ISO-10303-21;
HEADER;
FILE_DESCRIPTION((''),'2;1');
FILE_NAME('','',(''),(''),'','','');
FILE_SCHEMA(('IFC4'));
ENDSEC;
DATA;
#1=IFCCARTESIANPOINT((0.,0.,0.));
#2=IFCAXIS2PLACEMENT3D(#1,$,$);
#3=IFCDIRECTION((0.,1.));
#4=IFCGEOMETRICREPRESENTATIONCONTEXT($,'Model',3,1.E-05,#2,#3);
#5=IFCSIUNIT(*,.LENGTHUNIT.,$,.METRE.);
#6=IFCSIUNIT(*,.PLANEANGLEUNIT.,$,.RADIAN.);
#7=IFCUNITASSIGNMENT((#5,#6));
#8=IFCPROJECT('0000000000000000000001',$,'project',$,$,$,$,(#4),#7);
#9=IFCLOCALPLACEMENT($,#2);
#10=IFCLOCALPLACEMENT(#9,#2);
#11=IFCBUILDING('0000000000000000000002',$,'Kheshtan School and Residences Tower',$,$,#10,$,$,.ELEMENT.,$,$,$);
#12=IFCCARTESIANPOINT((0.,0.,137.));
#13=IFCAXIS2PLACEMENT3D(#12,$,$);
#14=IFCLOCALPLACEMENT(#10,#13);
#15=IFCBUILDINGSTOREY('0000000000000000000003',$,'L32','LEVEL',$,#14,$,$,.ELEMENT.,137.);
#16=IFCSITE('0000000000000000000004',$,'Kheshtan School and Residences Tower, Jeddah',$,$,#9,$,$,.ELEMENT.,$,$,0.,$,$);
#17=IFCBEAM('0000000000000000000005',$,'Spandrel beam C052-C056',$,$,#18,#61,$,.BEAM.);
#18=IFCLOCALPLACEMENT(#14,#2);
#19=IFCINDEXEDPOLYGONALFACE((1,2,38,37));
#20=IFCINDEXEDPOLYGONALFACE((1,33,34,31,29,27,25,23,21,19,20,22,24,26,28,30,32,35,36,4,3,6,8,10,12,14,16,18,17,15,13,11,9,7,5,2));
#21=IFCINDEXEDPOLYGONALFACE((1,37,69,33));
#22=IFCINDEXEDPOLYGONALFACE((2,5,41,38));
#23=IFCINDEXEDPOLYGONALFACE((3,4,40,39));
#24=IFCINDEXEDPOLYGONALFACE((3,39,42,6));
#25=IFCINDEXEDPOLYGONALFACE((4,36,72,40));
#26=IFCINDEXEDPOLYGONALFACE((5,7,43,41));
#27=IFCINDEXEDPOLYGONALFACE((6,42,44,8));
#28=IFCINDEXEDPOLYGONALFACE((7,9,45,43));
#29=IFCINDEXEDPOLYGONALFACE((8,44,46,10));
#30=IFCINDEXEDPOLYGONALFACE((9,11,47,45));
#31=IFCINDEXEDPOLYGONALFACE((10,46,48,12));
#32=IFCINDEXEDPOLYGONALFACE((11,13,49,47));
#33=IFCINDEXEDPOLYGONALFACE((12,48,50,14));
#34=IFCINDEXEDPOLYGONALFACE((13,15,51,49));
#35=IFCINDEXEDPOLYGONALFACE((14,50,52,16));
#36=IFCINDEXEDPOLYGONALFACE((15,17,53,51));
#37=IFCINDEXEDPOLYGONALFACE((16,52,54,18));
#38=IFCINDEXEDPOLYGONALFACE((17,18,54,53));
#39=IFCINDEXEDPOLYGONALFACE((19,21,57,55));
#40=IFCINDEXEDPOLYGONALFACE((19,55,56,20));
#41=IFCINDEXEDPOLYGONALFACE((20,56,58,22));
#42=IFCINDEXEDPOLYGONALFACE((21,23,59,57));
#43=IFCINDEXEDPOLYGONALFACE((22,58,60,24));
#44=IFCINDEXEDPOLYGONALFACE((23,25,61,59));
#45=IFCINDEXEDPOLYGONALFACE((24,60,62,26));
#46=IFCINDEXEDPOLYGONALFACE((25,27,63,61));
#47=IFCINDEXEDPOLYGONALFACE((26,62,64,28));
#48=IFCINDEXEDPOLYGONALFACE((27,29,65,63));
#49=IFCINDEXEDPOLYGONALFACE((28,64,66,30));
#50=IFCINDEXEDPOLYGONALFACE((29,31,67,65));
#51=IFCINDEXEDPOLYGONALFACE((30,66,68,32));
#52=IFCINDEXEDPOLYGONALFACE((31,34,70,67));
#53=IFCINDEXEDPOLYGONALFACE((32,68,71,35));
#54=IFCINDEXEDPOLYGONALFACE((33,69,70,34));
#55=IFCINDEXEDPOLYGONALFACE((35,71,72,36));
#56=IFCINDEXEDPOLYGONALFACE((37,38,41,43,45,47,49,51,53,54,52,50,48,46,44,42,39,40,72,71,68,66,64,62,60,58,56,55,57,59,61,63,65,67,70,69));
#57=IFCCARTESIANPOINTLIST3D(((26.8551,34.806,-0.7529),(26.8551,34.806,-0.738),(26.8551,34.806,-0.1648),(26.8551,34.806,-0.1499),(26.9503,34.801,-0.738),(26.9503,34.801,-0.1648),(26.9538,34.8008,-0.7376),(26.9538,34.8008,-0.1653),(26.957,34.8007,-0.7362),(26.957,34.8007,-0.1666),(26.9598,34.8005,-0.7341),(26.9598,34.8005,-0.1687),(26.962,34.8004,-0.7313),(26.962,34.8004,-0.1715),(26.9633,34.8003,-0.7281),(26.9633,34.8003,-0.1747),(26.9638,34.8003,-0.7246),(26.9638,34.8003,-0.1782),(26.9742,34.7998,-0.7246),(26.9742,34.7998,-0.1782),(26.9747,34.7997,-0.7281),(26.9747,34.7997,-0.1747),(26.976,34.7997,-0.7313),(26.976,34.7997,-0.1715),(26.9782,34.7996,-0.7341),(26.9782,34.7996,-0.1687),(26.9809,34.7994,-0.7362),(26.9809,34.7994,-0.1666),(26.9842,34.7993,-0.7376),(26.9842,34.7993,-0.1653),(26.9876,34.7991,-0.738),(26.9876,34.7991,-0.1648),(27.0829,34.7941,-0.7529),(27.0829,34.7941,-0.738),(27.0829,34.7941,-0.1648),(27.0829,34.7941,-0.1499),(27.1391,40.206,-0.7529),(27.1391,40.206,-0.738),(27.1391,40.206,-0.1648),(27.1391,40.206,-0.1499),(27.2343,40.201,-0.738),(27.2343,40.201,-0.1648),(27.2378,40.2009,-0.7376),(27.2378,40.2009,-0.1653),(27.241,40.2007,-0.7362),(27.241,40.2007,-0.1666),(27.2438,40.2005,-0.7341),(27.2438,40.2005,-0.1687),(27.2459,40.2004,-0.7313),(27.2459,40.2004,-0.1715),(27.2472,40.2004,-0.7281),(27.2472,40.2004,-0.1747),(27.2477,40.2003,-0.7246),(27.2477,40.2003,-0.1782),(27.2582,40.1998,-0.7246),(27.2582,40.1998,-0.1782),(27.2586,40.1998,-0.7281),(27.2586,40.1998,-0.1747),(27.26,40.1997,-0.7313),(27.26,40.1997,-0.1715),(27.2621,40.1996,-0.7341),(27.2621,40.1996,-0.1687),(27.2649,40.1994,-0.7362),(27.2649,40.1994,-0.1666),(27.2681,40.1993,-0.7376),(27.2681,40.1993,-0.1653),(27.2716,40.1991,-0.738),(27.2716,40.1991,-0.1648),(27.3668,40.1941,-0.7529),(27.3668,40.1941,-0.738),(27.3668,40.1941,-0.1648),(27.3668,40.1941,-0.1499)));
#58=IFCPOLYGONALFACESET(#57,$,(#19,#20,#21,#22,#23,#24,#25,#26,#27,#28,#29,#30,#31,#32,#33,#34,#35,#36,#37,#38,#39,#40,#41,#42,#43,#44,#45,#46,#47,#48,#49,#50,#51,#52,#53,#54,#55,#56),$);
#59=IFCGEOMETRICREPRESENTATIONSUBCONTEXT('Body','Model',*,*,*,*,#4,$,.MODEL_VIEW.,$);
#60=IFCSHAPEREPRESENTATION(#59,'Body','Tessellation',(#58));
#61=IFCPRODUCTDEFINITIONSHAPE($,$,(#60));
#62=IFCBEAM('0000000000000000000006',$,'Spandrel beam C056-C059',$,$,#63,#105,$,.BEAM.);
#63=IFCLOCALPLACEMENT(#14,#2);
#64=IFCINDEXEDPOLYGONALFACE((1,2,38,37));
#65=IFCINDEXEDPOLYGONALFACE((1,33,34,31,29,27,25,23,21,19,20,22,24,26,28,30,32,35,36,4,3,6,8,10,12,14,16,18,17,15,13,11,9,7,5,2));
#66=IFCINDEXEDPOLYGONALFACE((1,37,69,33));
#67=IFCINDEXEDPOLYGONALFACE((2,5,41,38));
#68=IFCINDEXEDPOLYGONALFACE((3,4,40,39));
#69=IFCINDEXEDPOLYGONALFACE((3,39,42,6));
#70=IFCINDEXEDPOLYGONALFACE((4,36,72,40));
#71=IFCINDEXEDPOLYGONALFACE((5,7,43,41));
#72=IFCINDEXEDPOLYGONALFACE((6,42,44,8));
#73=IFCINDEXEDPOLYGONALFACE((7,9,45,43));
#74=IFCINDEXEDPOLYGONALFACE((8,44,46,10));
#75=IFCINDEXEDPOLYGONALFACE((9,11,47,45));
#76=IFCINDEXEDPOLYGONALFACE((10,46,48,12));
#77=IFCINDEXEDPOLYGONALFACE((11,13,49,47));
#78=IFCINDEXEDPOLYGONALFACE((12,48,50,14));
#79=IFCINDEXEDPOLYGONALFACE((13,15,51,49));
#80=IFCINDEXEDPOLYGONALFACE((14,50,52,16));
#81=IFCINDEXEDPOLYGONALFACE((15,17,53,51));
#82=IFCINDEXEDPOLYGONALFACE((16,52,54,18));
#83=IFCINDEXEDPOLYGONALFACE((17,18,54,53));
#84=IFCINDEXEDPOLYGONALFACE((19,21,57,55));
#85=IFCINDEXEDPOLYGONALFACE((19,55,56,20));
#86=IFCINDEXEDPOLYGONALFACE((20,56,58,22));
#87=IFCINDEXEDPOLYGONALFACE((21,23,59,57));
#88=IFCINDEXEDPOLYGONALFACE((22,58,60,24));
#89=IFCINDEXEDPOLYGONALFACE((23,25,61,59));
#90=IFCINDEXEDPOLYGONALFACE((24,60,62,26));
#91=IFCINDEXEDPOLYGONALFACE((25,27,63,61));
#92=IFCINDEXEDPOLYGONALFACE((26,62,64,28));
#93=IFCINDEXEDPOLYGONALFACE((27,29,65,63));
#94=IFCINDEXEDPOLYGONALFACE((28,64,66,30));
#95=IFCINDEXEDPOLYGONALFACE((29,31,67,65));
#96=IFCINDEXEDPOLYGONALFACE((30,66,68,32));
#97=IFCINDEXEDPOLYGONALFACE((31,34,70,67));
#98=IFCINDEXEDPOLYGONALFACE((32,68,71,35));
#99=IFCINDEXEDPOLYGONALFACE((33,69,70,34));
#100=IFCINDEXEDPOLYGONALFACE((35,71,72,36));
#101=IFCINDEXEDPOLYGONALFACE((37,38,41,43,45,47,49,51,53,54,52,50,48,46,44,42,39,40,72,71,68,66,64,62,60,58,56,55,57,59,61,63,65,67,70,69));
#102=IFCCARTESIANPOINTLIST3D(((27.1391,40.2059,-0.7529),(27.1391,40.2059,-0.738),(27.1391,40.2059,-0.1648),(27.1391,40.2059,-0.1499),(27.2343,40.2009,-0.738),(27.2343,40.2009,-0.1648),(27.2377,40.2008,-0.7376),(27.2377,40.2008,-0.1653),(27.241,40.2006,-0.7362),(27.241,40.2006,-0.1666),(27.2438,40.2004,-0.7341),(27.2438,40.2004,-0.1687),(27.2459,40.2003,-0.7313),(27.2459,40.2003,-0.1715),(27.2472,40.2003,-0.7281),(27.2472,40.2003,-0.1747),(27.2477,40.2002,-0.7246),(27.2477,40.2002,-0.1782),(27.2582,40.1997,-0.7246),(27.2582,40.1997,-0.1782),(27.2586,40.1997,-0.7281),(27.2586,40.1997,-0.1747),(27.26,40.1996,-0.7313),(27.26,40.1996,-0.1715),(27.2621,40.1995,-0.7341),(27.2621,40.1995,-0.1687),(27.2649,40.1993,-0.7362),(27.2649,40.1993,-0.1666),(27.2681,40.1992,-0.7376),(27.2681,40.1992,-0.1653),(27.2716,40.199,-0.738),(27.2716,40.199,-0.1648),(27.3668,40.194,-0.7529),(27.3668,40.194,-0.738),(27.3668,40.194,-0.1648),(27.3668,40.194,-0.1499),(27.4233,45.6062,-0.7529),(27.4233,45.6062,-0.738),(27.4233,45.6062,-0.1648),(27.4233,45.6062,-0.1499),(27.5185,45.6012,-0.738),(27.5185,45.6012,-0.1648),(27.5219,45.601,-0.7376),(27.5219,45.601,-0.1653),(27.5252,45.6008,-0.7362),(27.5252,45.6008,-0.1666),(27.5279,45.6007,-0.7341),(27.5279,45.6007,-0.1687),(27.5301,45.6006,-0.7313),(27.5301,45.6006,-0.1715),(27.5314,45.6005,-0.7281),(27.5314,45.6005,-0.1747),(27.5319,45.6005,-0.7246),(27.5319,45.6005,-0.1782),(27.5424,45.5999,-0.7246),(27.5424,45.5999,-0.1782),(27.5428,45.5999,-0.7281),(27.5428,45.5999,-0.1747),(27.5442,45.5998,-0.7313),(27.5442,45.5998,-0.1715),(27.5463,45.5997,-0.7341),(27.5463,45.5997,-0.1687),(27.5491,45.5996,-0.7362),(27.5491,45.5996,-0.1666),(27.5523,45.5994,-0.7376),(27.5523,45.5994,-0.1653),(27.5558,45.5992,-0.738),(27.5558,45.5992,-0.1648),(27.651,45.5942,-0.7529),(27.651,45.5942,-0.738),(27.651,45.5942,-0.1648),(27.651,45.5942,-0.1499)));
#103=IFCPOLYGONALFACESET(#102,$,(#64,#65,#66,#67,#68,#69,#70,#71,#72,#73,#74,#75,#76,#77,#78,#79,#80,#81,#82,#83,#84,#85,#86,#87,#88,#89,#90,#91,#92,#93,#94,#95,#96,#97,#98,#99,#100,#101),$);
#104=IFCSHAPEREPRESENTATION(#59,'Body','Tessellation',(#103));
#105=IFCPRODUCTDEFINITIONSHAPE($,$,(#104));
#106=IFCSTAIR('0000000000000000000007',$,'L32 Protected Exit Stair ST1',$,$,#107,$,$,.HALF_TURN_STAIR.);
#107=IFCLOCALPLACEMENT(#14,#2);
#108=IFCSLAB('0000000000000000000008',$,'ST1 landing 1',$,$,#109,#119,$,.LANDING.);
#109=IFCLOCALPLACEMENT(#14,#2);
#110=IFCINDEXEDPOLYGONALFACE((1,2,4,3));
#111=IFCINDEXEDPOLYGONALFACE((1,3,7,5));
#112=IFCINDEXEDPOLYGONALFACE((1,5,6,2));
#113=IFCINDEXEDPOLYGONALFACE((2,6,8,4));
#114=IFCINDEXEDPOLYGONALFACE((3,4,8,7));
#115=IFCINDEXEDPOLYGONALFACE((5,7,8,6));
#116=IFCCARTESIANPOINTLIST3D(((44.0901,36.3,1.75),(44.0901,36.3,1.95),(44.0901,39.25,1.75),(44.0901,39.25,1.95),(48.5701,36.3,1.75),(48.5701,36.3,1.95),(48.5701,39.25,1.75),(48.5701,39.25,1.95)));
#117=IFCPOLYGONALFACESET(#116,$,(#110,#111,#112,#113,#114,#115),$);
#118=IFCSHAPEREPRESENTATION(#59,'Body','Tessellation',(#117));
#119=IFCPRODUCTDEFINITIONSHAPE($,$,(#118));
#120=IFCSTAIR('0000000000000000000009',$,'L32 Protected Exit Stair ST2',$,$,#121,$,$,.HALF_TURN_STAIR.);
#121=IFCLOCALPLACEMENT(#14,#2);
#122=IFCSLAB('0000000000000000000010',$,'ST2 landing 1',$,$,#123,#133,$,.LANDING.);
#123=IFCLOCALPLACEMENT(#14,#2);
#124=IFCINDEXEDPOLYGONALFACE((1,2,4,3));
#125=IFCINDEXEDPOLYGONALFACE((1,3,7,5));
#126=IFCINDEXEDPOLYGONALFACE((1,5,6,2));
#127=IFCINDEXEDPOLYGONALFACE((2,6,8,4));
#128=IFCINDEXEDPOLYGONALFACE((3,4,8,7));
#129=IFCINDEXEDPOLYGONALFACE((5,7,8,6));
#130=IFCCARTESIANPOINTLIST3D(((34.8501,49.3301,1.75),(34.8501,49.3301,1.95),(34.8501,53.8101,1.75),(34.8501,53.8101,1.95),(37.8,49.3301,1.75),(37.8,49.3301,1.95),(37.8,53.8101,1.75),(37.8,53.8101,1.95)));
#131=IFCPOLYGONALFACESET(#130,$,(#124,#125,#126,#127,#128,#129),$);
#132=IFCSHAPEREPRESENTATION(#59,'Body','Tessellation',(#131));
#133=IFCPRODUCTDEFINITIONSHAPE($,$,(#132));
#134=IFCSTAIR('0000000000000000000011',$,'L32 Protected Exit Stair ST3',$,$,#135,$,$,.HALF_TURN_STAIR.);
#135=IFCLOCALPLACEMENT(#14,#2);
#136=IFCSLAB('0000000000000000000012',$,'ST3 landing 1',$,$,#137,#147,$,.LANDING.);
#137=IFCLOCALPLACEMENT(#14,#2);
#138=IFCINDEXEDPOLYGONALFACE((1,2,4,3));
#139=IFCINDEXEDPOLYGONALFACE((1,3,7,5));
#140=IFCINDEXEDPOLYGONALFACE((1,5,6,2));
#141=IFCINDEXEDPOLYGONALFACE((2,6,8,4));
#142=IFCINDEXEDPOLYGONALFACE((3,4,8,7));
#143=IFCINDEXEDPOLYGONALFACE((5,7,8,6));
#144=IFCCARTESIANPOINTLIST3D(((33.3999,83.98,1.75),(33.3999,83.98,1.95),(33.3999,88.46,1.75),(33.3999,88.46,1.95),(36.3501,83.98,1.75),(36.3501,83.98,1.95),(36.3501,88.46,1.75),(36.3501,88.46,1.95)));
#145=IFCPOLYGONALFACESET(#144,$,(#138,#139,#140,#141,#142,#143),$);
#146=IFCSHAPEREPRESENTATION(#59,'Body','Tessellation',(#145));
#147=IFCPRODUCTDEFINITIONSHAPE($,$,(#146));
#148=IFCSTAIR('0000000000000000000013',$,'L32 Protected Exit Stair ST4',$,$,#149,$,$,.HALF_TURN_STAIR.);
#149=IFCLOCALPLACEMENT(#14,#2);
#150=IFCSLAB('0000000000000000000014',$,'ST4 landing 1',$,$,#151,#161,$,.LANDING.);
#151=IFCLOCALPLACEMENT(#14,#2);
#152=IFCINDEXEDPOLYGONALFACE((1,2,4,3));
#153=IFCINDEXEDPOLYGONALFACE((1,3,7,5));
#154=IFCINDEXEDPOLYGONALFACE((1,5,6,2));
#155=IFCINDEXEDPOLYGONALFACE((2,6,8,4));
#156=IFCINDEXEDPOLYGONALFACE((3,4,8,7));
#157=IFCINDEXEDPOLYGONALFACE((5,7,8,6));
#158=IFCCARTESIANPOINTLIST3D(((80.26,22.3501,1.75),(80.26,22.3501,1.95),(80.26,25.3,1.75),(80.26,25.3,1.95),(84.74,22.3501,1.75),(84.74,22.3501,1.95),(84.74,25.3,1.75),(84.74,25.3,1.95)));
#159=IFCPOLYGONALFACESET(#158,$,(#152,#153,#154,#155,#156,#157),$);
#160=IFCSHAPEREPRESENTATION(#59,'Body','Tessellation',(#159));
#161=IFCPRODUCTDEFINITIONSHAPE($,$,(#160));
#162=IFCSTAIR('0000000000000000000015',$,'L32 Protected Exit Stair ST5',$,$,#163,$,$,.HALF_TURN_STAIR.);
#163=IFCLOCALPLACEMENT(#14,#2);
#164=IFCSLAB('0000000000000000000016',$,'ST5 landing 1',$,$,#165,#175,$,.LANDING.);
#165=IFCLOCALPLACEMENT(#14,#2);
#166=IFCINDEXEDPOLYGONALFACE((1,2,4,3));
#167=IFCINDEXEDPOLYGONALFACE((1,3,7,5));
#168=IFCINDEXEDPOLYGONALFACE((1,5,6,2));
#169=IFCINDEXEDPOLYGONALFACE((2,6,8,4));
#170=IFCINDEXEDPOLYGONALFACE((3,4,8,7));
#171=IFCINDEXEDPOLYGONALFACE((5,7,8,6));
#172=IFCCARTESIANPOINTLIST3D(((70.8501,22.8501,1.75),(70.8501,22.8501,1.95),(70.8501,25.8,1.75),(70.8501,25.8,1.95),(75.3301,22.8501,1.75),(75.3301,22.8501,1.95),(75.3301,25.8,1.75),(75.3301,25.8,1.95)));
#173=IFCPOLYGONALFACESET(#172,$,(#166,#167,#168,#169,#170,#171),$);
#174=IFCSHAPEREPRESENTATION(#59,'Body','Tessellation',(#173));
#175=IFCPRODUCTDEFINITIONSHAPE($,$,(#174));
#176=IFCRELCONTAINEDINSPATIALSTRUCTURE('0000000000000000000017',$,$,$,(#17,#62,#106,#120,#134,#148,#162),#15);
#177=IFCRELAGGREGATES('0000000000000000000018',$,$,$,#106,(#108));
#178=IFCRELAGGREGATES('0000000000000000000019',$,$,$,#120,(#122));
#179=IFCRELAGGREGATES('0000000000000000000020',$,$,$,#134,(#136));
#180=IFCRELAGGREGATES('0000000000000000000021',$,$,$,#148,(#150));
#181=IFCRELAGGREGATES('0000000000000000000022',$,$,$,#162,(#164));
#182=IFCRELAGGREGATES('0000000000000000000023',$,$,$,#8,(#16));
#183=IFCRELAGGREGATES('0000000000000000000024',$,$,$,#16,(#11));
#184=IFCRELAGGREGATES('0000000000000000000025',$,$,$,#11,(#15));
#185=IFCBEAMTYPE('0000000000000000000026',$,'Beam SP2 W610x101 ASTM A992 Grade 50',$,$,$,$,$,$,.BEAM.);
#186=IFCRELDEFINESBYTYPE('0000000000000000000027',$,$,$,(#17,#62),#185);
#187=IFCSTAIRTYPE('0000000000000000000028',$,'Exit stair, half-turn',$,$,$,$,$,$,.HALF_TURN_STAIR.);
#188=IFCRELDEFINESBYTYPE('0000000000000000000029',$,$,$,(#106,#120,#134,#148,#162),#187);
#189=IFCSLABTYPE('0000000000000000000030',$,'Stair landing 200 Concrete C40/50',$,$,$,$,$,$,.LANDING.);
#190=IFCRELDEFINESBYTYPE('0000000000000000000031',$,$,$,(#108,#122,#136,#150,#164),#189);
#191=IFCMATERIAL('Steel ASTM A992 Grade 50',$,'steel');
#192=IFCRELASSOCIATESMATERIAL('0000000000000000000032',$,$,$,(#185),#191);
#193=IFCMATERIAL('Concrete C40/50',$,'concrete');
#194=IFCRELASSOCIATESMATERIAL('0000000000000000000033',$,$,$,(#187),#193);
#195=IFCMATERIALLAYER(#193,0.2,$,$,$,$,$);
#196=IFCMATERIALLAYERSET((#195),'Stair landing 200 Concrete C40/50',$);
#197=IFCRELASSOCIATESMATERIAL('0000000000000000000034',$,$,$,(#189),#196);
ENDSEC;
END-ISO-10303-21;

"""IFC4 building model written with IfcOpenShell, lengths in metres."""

from ifc_helpers import new_model, si_unit, direction, frame, origin, origin_2d, place, context, subcontext, project, spatial, polyline, i_section, outline, extrude, material, layer, layer_set, material_profile, profile_set, type_object, element, aggregate, save


model = new_model("IFC4")

# Units and contexts
model_context = context("Model", 3, precision=1e-05, world=origin(), true_north=direction((0.0, 1.0)))
body_context = subcontext(model_context, "Body", "Model", "MODEL_VIEW")
ifc_project = project(units=[si_unit("LENGTHUNIT", "METRE"), si_unit("PLANEANGLEUNIT", "RADIAN")], contexts=[model_context])

# Site, building, storey
site_placement = place(None, origin())
site = spatial("IfcSite", under=ifc_project, at=site_placement, Name="Kheshtan School and Residences Tower, Jeddah", CompositionType="ELEMENT", RefElevation=0.0)
building_placement = place(site_placement, origin())
building = spatial("IfcBuilding", under=site, at=building_placement, Name="Kheshtan School and Residences Tower", CompositionType="ELEMENT")
storey_placement = place(building_placement, frame((0.0, 0.0, 137.0)))
storey = spatial("IfcBuildingStorey", under=building, at=storey_placement, Name="L32", Description="LEVEL", CompositionType="ELEMENT", Elevation=137.0)

# Shared definitions
ifc_material_1 = material(Name="Steel ASTM A992 Grade 50", Category="steel")

# Beams
ifc_material_profile_1 = material_profile(ifc_material_1, i_section(OverallWidth=0.228, OverallDepth=0.603, WebThickness=0.0105, FlangeThickness=0.0149, FilletRadius=0.0134, at=origin_2d()), Name="W610x101")
ifc_profile_set_1 = profile_set([ifc_material_profile_1], Name="Steel ASTM A992 Grade 50")
beam_type_1 = type_object("IfcBeamType", Name="Beam SP2 W610x101 ASTM A992 Grade 50", PredefinedType="BEAM", material=ifc_profile_set_1)
beam_1_placement = place(storey_placement, frame((26.969, 34.8, -0.4514), z_axis=(0.052509, 0.99862, 0.0), x_axis=(-0.99862, 0.052509, 0.0)))
element("IfcBeam", 1, at=beam_1_placement, inside=storey, type_object=beam_type_1, Name="Spandrel beam C052-C056", PredefinedType="BEAM", context=body_context, shape_type="SweptSolid", body=[
    extrude(i_section(OverallWidth=0.228, OverallDepth=0.603, WebThickness=0.0105, FlangeThickness=0.0149, FilletRadius=0.0134, at=origin_2d()), origin(), (0.0, 0.0, 1.0), 5.4075),
])
beam_2_placement = place(storey_placement, frame((27.2529, 40.2, -0.4514), z_axis=(0.052552, 0.998618, 0.0), x_axis=(-0.998618, 0.052552, 0.0)))
element("IfcBeam", 2, at=beam_2_placement, inside=storey, type_object=beam_type_1, Name="Spandrel beam C056-C059", PredefinedType="BEAM", context=body_context, shape_type="SweptSolid", body=[
    extrude(i_section(OverallWidth=0.228, OverallDepth=0.603, WebThickness=0.0105, FlangeThickness=0.0149, FilletRadius=0.0134, at=origin_2d()), origin(), (0.0, 0.0, 1.0), 5.4077),
])

# Shared definitions
ifc_material_2 = material(Name="Concrete C40/50", Category="concrete")

# Stairs, slabs
stair_type = type_object("IfcStairType", Name="Exit stair, half-turn", PredefinedType="HALF_TURN_STAIR", material=ifc_material_2)
stair_1_placement = place(storey_placement, origin())
stair_1 = element("IfcStair", 3, at=stair_1_placement, inside=storey, type_object=stair_type, Name="L32 Protected Exit Stair ST1", PredefinedType="HALF_TURN_STAIR")
ifc_layer_1 = layer(ifc_material_2, 0.2)
ifc_layer_set_1 = layer_set([ifc_layer_1], Name="Stair landing 200 Concrete C40/50")
slab_type_1 = type_object("IfcSlabType", Name="Stair landing 200 Concrete C40/50", PredefinedType="LANDING", material=ifc_layer_set_1)
slab_1_placement = place(storey_placement, frame((0.0, 0.0, 1.75)))
slab_1 = element("IfcSlab", 4, at=slab_1_placement, type_object=slab_type_1, Name="ST1 landing 1", PredefinedType="LANDING", context=body_context, shape_type="SweptSolid", body=[
    extrude(outline(polyline([(48.5701, 39.25), (44.0901, 39.25), (44.0901, 36.3), (48.5701, 36.3), (48.5701, 39.25)])), origin(), (0.0, 0.0, 1.0), 0.2),
])
aggregate(stair_1, [slab_1])
stair_2_placement = place(storey_placement, origin())
stair_2 = element("IfcStair", 5, at=stair_2_placement, inside=storey, type_object=stair_type, Name="L32 Protected Exit Stair ST2", PredefinedType="HALF_TURN_STAIR")
slab_2_placement = place(storey_placement, frame((0.0, 0.0, 1.75)))
slab_2 = element("IfcSlab", 6, at=slab_2_placement, type_object=slab_type_1, Name="ST2 landing 1", PredefinedType="LANDING", context=body_context, shape_type="SweptSolid", body=[
    extrude(outline(polyline([(37.8, 49.3301), (37.8, 53.8101), (34.8501, 53.8101), (34.8501, 49.3301), (37.8, 49.3301)])), origin(), (0.0, 0.0, 1.0), 0.2),
])
aggregate(stair_2, [slab_2])
stair_3_placement = place(storey_placement, origin())
stair_3 = element("IfcStair", 7, at=stair_3_placement, inside=storey, type_object=stair_type, Name="L32 Protected Exit Stair ST3", PredefinedType="HALF_TURN_STAIR")
slab_3_placement = place(storey_placement, frame((0.0, 0.0, 1.75)))
slab_3 = element("IfcSlab", 8, at=slab_3_placement, type_object=slab_type_1, Name="ST3 landing 1", PredefinedType="LANDING", context=body_context, shape_type="SweptSolid", body=[
    extrude(outline(polyline([(36.3501, 83.98), (36.3501, 88.46), (33.3999, 88.46), (33.3999, 83.98), (36.3501, 83.98)])), origin(), (0.0, 0.0, 1.0), 0.2),
])
aggregate(stair_3, [slab_3])
stair_4_placement = place(storey_placement, origin())
stair_4 = element("IfcStair", 9, at=stair_4_placement, inside=storey, type_object=stair_type, Name="L32 Protected Exit Stair ST4", PredefinedType="HALF_TURN_STAIR")
slab_4_placement = place(storey_placement, frame((0.0, 0.0, 1.75)))
slab_4 = element("IfcSlab", 10, at=slab_4_placement, type_object=slab_type_1, Name="ST4 landing 1", PredefinedType="LANDING", context=body_context, shape_type="SweptSolid", body=[
    extrude(outline(polyline([(84.74, 25.3), (80.26, 25.3), (80.26, 22.3501), (84.74, 22.3501), (84.74, 25.3)])), origin(), (0.0, 0.0, 1.0), 0.2),
])
aggregate(stair_4, [slab_4])
stair_5_placement = place(storey_placement, origin())
stair_5 = element("IfcStair", 11, at=stair_5_placement, inside=storey, type_object=stair_type, Name="L32 Protected Exit Stair ST5", PredefinedType="HALF_TURN_STAIR")
slab_5_placement = place(storey_placement, frame((0.0, 0.0, 1.75)))
slab_5 = element("IfcSlab", 12, at=slab_5_placement, type_object=slab_type_1, Name="ST5 landing 1", PredefinedType="LANDING", context=body_context, shape_type="SweptSolid", body=[
    extrude(outline(polyline([(75.3301, 25.8), (70.8501, 25.8), (70.8501, 22.8501), (75.3301, 22.8501), (75.3301, 25.8)])), origin(), (0.0, 0.0, 1.0), 0.2),
])
aggregate(stair_5, [slab_5])

save(model, "model.ifc")
